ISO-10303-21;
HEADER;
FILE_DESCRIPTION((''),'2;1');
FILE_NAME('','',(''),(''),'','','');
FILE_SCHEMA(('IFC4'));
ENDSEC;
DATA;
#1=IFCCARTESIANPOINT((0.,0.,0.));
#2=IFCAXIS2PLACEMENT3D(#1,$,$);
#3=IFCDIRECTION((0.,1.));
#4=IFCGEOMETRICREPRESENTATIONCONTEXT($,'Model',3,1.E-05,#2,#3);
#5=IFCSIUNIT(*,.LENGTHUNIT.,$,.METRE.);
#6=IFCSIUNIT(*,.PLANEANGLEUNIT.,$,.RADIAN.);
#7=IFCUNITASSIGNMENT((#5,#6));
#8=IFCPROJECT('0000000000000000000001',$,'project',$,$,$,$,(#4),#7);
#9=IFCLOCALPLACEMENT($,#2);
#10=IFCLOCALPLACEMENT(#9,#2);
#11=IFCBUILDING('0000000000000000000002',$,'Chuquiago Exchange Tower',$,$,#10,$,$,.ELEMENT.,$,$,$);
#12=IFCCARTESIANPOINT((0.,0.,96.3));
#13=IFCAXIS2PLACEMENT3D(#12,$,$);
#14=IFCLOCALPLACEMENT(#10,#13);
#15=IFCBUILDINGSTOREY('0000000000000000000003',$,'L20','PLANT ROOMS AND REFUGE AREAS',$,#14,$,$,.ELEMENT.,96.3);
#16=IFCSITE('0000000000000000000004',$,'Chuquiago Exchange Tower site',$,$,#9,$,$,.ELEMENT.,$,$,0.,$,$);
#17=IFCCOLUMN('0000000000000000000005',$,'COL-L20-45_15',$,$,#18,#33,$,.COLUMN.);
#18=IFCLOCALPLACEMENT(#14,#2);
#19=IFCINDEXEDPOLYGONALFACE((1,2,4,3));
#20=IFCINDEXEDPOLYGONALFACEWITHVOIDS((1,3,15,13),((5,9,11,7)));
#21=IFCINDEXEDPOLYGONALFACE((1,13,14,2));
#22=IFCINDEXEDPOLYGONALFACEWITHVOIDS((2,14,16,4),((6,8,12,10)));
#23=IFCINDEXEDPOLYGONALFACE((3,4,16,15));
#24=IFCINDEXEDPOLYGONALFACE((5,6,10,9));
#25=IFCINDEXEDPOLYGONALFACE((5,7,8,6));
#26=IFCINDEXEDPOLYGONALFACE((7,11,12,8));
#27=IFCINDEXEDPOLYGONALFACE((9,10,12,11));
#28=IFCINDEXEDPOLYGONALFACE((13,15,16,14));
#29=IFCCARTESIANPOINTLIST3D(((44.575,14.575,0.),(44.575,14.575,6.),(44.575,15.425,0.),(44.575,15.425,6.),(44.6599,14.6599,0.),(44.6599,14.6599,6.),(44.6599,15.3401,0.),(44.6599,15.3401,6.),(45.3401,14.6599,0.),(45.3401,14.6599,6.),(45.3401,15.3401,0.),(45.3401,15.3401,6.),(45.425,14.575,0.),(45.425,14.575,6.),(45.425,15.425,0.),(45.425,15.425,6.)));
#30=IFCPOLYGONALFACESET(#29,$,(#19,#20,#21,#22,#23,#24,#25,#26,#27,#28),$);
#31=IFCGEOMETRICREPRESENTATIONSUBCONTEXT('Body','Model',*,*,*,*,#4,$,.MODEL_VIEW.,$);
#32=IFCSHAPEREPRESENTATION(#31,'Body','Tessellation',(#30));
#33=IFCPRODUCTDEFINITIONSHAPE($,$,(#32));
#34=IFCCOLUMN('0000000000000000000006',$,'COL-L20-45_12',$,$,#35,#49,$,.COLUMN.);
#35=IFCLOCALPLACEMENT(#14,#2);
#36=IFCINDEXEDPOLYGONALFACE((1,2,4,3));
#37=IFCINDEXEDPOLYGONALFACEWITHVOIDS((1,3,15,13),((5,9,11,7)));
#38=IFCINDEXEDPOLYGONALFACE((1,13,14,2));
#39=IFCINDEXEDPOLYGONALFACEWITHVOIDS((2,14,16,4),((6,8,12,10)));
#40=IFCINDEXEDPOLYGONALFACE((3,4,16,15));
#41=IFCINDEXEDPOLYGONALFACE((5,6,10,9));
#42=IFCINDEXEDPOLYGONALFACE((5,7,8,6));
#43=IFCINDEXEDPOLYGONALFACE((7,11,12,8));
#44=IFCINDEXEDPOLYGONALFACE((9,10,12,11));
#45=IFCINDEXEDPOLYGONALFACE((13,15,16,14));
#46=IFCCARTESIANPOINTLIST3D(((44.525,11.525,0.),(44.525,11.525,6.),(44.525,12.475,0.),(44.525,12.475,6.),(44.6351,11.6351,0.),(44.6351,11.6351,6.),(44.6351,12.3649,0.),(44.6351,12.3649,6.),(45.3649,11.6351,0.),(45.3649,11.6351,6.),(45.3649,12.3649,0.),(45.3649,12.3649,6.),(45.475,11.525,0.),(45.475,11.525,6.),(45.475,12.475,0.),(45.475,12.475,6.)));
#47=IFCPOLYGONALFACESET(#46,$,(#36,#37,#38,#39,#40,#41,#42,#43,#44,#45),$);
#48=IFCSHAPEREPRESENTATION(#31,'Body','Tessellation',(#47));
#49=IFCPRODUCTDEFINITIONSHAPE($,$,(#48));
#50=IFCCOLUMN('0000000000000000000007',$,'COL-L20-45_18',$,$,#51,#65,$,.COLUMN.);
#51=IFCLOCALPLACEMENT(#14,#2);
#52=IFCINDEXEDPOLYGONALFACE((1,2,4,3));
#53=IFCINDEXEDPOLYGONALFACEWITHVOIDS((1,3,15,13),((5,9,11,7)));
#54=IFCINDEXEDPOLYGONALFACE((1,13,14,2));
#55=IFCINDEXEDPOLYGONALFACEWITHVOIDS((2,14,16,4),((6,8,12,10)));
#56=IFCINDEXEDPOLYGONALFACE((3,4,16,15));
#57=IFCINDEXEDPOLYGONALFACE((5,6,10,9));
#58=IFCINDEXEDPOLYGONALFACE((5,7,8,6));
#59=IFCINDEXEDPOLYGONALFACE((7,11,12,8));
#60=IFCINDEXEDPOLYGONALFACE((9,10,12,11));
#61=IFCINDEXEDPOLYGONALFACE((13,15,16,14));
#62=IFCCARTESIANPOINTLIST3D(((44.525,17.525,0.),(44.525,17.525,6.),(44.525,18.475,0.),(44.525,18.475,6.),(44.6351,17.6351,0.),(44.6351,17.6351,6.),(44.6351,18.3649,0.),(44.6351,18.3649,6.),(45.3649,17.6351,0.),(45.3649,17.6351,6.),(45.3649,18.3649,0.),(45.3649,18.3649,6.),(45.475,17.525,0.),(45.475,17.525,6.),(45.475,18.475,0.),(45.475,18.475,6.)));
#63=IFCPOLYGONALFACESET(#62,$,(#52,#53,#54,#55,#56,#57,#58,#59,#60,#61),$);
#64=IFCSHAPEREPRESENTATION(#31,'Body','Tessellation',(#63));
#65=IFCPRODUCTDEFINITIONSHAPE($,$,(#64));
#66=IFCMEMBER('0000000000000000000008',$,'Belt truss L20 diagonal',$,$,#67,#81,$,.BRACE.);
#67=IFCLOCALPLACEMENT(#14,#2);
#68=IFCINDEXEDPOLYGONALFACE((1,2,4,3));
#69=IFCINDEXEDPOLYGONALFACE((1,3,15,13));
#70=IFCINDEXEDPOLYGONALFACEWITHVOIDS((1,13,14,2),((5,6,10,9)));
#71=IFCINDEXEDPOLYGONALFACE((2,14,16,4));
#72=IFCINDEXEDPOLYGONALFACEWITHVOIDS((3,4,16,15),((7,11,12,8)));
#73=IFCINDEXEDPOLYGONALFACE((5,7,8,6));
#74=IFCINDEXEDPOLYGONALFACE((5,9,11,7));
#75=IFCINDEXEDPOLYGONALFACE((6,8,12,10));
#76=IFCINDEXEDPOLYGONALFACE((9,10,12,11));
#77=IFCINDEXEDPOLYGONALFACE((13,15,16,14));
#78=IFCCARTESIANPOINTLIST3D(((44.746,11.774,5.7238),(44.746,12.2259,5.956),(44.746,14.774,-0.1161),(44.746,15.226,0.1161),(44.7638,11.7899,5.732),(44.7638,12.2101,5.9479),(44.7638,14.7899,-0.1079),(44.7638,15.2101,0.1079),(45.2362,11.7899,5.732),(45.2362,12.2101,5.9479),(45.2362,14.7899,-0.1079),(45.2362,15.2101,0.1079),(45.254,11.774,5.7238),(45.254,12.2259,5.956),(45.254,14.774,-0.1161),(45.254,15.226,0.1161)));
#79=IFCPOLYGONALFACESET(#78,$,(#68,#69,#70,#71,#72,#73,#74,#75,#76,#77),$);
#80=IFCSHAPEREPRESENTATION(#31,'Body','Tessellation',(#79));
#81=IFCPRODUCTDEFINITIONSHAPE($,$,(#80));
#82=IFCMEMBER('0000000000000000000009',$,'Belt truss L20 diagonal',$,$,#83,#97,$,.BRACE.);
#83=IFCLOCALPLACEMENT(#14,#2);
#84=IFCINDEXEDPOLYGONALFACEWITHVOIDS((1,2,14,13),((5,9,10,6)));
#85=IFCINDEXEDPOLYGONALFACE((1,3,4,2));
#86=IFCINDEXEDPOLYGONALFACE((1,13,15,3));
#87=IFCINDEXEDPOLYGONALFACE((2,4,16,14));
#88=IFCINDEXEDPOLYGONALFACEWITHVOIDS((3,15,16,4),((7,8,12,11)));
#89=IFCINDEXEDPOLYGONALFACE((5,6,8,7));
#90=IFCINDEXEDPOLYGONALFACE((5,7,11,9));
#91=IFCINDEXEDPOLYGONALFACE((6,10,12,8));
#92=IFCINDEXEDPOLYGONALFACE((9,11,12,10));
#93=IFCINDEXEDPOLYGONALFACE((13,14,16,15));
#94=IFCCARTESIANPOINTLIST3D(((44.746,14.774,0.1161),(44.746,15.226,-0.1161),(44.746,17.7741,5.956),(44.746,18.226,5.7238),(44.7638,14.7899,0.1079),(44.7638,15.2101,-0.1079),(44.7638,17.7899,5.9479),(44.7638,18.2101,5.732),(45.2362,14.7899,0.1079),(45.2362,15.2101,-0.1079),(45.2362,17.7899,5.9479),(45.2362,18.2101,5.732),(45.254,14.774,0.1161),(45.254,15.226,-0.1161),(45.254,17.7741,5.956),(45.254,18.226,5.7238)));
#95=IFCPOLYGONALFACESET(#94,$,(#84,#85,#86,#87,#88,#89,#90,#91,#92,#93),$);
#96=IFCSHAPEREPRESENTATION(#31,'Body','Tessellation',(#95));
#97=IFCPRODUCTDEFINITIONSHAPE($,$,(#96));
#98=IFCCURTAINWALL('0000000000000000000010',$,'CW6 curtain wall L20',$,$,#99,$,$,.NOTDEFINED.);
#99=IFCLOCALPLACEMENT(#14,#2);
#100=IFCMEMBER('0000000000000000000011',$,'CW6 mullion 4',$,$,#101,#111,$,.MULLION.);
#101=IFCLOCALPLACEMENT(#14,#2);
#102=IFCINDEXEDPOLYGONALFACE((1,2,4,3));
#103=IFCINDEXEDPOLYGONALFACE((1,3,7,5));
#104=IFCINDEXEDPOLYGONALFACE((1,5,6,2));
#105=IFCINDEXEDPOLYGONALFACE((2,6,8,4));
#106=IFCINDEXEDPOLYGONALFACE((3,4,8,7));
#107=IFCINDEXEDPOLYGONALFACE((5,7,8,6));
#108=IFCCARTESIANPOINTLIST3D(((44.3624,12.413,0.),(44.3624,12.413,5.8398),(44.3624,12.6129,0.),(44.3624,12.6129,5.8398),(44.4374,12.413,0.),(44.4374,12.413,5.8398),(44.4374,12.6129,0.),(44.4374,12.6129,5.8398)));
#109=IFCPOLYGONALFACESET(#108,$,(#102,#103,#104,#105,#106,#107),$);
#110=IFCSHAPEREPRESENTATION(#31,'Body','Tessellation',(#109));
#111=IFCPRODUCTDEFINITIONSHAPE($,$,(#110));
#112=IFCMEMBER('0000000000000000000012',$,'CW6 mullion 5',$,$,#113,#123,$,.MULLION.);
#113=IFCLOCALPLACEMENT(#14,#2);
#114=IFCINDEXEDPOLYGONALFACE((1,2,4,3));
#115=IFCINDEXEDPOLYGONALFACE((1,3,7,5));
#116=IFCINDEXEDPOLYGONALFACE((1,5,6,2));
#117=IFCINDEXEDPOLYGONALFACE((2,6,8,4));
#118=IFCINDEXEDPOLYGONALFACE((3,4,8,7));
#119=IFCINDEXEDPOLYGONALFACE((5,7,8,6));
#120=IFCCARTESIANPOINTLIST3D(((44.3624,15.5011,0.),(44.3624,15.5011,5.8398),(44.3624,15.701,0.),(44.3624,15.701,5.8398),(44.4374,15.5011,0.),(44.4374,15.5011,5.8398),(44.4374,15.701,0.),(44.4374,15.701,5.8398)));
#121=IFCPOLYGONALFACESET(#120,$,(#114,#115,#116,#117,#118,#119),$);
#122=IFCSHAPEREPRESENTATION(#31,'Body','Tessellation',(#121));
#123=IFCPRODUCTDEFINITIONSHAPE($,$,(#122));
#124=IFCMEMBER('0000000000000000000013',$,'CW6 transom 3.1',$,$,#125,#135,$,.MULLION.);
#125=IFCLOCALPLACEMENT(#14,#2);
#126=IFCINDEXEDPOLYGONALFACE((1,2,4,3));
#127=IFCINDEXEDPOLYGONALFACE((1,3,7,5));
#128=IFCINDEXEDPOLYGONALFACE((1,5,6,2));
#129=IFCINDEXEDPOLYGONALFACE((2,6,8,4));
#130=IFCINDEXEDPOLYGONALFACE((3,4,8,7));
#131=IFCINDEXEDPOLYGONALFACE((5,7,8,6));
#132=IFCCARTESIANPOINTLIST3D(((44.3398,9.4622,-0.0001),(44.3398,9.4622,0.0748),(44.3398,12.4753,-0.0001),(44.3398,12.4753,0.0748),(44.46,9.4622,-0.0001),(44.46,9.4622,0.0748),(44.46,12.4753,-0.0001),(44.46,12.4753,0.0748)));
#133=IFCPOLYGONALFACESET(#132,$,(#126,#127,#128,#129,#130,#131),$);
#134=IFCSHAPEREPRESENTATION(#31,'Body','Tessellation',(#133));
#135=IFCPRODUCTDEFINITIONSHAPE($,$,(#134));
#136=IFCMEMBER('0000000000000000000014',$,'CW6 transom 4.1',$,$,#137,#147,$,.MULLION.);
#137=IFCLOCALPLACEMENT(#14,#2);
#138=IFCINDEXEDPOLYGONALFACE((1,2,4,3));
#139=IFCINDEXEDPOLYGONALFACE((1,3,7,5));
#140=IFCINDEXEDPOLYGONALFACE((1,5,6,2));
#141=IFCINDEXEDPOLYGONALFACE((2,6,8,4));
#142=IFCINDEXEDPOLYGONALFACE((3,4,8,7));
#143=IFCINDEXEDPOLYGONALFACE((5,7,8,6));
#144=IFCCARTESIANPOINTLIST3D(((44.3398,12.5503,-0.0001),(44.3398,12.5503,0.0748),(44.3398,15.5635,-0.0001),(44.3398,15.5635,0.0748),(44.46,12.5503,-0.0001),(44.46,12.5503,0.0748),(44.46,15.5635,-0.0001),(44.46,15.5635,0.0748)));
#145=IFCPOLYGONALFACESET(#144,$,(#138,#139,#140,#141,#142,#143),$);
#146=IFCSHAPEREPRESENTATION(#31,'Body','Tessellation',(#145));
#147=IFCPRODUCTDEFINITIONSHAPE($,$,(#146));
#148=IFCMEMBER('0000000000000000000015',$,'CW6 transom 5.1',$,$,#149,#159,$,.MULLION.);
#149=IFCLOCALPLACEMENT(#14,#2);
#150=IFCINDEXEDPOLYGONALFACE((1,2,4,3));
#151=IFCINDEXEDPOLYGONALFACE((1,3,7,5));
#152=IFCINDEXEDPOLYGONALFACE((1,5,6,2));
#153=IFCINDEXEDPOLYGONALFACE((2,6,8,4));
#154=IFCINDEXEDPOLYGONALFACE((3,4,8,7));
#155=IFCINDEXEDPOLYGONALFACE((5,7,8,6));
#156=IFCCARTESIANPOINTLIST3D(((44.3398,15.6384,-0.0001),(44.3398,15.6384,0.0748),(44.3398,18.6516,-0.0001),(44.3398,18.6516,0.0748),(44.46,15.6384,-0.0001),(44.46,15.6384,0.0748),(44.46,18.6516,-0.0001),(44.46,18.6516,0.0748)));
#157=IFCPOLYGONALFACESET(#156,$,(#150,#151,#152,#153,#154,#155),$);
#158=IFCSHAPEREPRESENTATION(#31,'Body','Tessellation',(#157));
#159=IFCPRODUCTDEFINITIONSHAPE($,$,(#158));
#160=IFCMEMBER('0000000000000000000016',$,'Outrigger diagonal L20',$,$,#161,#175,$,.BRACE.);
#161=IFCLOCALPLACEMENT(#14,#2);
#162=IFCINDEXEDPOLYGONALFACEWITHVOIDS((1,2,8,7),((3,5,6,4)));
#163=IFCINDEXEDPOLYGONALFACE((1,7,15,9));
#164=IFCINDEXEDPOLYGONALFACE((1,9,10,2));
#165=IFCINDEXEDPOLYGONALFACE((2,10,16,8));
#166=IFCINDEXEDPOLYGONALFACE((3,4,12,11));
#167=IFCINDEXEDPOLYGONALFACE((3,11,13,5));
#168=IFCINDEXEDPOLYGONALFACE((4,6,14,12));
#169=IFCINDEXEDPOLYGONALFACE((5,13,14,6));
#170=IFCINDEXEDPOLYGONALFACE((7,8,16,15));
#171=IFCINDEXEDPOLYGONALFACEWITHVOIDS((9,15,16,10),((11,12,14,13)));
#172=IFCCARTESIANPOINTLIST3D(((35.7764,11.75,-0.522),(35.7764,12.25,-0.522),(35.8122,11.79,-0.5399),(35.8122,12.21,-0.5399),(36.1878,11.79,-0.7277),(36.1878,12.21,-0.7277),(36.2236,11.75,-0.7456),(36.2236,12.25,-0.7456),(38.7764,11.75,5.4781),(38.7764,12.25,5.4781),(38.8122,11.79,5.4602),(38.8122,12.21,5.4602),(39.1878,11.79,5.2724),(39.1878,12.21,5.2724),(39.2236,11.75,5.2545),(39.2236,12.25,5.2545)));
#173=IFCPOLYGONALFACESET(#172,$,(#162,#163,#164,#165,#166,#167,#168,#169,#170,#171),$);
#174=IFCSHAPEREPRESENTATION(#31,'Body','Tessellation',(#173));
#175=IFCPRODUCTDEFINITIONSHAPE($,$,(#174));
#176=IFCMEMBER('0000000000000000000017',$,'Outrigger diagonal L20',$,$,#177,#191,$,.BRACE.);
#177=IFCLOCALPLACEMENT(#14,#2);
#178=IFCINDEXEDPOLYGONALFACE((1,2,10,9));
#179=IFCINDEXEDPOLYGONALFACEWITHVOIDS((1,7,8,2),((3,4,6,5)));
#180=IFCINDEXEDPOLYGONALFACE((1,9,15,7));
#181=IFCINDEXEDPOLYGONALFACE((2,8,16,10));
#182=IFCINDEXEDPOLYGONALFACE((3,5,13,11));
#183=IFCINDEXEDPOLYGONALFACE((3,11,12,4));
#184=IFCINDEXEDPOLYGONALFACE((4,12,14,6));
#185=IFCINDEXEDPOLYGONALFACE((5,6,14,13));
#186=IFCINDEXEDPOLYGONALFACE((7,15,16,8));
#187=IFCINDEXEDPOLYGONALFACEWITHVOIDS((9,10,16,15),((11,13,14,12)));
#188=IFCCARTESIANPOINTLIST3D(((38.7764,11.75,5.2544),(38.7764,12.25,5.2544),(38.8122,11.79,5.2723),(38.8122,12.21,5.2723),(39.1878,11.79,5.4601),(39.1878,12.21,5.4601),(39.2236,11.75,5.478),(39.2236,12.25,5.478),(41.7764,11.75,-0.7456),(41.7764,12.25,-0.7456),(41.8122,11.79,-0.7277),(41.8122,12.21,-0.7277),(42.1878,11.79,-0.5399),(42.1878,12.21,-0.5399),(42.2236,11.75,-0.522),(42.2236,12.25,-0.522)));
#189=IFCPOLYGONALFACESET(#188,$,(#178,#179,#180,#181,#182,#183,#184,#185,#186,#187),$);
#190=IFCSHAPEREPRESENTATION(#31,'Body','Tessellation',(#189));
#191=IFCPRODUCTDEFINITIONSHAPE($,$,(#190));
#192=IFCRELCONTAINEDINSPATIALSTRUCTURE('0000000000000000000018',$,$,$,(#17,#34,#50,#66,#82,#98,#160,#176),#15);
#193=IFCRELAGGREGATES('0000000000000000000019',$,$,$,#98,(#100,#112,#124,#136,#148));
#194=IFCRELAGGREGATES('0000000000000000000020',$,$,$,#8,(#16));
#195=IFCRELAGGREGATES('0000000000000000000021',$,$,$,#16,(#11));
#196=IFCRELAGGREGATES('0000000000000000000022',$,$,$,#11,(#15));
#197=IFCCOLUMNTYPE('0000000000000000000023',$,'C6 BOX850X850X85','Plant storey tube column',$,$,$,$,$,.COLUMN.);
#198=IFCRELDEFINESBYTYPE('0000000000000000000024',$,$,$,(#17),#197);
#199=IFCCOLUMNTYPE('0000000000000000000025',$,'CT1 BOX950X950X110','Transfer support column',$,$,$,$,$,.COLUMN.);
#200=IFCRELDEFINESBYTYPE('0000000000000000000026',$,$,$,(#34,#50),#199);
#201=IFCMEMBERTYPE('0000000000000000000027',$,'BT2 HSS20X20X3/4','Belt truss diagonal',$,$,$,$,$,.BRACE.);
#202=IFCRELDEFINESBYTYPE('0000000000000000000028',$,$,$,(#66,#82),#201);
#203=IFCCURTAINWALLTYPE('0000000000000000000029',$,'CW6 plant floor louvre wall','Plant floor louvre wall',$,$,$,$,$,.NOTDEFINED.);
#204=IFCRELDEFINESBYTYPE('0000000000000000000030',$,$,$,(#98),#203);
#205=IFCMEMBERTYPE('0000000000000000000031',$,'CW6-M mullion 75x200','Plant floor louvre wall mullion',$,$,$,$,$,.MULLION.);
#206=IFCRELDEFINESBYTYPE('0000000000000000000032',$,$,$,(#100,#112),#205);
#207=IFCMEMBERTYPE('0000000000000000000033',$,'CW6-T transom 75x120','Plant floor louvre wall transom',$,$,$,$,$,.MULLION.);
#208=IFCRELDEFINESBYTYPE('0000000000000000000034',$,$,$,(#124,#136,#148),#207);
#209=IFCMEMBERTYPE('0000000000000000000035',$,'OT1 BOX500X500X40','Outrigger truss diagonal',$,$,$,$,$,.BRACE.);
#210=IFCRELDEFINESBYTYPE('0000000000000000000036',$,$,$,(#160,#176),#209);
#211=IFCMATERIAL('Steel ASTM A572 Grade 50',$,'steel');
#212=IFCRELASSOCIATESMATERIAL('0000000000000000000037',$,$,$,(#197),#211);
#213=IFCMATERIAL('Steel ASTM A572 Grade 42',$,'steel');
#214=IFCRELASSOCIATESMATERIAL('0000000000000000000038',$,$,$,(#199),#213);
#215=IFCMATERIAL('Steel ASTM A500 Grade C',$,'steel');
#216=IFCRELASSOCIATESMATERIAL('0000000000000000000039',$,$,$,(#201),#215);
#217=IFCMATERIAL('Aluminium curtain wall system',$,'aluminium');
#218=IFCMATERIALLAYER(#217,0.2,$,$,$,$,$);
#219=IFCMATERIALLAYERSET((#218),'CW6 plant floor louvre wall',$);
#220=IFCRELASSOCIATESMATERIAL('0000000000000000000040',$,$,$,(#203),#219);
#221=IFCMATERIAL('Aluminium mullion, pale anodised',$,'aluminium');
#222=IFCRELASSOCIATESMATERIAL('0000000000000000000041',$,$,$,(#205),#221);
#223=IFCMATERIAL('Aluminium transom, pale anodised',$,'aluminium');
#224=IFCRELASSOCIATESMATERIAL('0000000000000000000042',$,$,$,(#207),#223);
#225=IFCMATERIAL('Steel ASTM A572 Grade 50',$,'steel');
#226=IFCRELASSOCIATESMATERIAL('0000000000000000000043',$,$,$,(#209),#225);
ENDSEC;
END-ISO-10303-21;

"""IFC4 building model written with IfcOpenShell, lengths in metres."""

from ifc_helpers import new_model, si_unit, direction, frame, origin, origin_2d, place, context, subcontext, project, spatial, rectangle, hollow_rectangle, extrude, material, layer, layer_set, material_profile, profile_set, type_object, element, aggregate, save


model = new_model("IFC4")

# Units and contexts
model_context = context("Model", 3, precision=1e-05, world=origin(), true_north=direction((0.0, 1.0)))
body_context = subcontext(model_context, "Body", "Model", "MODEL_VIEW")
ifc_project = project(units=[si_unit("LENGTHUNIT", "METRE"), si_unit("PLANEANGLEUNIT", "RADIAN")], contexts=[model_context])

# Site, building, storey
site_placement = place(None, origin())
site = spatial("IfcSite", under=ifc_project, at=site_placement, Name="Chuquiago Exchange Tower site", CompositionType="ELEMENT", RefElevation=0.0)
building_placement = place(site_placement, origin())
building = spatial("IfcBuilding", under=site, at=building_placement, Name="Chuquiago Exchange Tower", CompositionType="ELEMENT")
storey_placement = place(building_placement, frame((0.0, 0.0, 96.3)))
storey = spatial("IfcBuildingStorey", under=building, at=storey_placement, Name="L20", Description="PLANT ROOMS AND REFUGE AREAS", CompositionType="ELEMENT", Elevation=96.3)

# Columns
ifc_material_1 = material(Name="Steel ASTM A572 Grade 50", Category="steel")
ifc_material_profile_1 = material_profile(ifc_material_1, hollow_rectangle(XDim=0.8501, YDim=0.8501, WallThickness=0.085, at=origin_2d()), Name="BOX850X850X85")
ifc_profile_set_1 = profile_set([ifc_material_profile_1], Name="Steel ASTM A572 Grade 50")
column_type_1 = type_object("IfcColumnType", Name="C6 BOX850X850X85", Description="Plant storey tube column", PredefinedType="COLUMN", material=ifc_profile_set_1)
column_placement = place(storey_placement, frame((45.0, 15.0, 0.0), z_axis=(0.0, 0.0, 1.0), x_axis=(1.0, 0.0, 0.0)))
element("IfcColumn", 1, at=column_placement, inside=storey, type_object=column_type_1, Name="COL-L20-45_15", PredefinedType="COLUMN", context=body_context, shape_type="SweptSolid", body=[
    extrude(hollow_rectangle(XDim=0.8501, YDim=0.8501, WallThickness=0.085, at=origin_2d()), origin(), (0.0, 0.0, 1.0), 6.0),
])
ifc_material_2 = material(Name="Steel ASTM A572 Grade 42", Category="steel")
ifc_material_profile_2 = material_profile(ifc_material_2, hollow_rectangle(XDim=0.95, YDim=0.95, WallThickness=0.1101, at=origin_2d()), Name="BOX950X950X110")
ifc_profile_set_2 = profile_set([ifc_material_profile_2], Name="Steel ASTM A572 Grade 42")
column_type_2 = type_object("IfcColumnType", Name="CT1 BOX950X950X110", Description="Transfer support column", PredefinedType="COLUMN", material=ifc_profile_set_2)
for number, where, z_axis, x_axis, name in (
    (2, (45.0, 12.0, 0.0), (0.0, 0.0, 1.0), (1.0, 0.0, 0.0), "COL-L20-45_12"),
    (3, (45.0, 18.0, 0.0), (0.0, 0.0, 1.0), (1.0, 0.0, 0.0), "COL-L20-45_18"),
):
    element("IfcColumn", number, at=place(storey_placement, frame(where, z_axis=z_axis, x_axis=x_axis)), inside=storey, type_object=column_type_2, Name=name, PredefinedType="COLUMN", context=body_context, shape_type="SweptSolid", body=[
        extrude(hollow_rectangle(XDim=0.95, YDim=0.95, WallThickness=0.1101, at=origin_2d()), origin(), (0.0, 0.0, 1.0), 6.0),
    ])

# Members
ifc_material_3 = material(Name="Steel ASTM A500 Grade C", Category="steel")
ifc_material_profile_3 = material_profile(ifc_material_3, hollow_rectangle(XDim=0.5081, YDim=0.5081, WallThickness=0.0178, at=origin_2d()), Name="HSS20X20X3/4")
ifc_profile_set_3 = profile_set([ifc_material_profile_3], Name="Steel ASTM A500 Grade C")
member_type_1 = type_object("IfcMemberType", Name="BT2 HSS20X20X3/4", Description="Belt truss diagonal", PredefinedType="BRACE", material=ifc_profile_set_3)
for number, where, z_axis, x_axis, name in (
    (4, (45.0, 15.0, 0.0), (0.0, -0.456945, 0.889495), (1.0, 0.0, 0.0), "Belt truss L20 diagonal"),
    (5, (45.0, 15.0, 0.0), (0.0, 0.456945, 0.889495), (-1.0, 0.0, 0.0), "Belt truss L20 diagonal"),
):
    element("IfcMember", number, at=place(storey_placement, frame(where, z_axis=z_axis, x_axis=x_axis)), inside=storey, type_object=member_type_1, Name=name, PredefinedType="BRACE", context=body_context, shape_type="SweptSolid", body=[
        extrude(hollow_rectangle(XDim=0.5081, YDim=0.5081, WallThickness=0.0178, at=origin_2d()), origin(), (0.0, 0.0, 1.0), 6.5654),
    ])

# Curtain wall, members
ifc_material_4 = material(Name="Aluminium curtain wall system", Category="aluminium")
ifc_layer_1 = layer(ifc_material_4, 0.2)
ifc_layer_set_1 = layer_set([ifc_layer_1], Name="CW6 plant floor louvre wall")
curtain_wall_type = type_object("IfcCurtainWallType", Name="CW6 plant floor louvre wall", Description="Plant floor louvre wall", PredefinedType="NOTDEFINED", material=ifc_layer_set_1)
curtain_wall_placement = place(storey_placement, origin())
curtain_wall = element("IfcCurtainWall", 6, at=curtain_wall_placement, inside=storey, type_object=curtain_wall_type, Name="CW6 curtain wall L20", PredefinedType="NOTDEFINED")
ifc_material_5 = material(Name="Aluminium mullion, pale anodised", Category="aluminium")
ifc_material_profile_4 = material_profile(ifc_material_5, rectangle(XDim=0.075, YDim=0.2, at=origin_2d()), Name="AL 75x200")
ifc_profile_set_4 = profile_set([ifc_material_profile_4], Name="Aluminium mullion, pale anodised")
member_type_2 = type_object("IfcMemberType", Name="CW6-M mullion 75x200", Description="Plant floor louvre wall mullion", PredefinedType="MULLION", material=ifc_profile_set_4)
member_1_placement = place(storey_placement, frame((44.3999, 12.5129, 0.0), z_axis=(0.0, 0.0, 1.0), x_axis=(-1.0, 0.0, 0.0)))
member_1 = element("IfcMember", 7, at=member_1_placement, type_object=member_type_2, Name="CW6 mullion 4", PredefinedType="MULLION", context=body_context, shape_type="SweptSolid", body=[
    extrude(rectangle(XDim=0.075, YDim=0.2, at=origin_2d()), origin(), (0.0, 0.0, 1.0), 5.8398),
])
member_2_placement = place(storey_placement, frame((44.3999, 15.6011, 0.0), z_axis=(0.0, 0.0, 1.0), x_axis=(-1.0, 0.0, 0.0)))
member_2 = element("IfcMember", 8, at=member_2_placement, type_object=member_type_2, Name="CW6 mullion 5", PredefinedType="MULLION", context=body_context, shape_type="SweptSolid", body=[
    extrude(rectangle(XDim=0.075, YDim=0.2, at=origin_2d()), origin(), (0.0, 0.0, 1.0), 5.8398),
])
ifc_material_6 = material(Name="Aluminium transom, pale anodised", Category="aluminium")
ifc_material_profile_5 = material_profile(ifc_material_6, rectangle(XDim=0.1201, YDim=0.075, at=origin_2d()), Name="AL 120x75")
ifc_profile_set_5 = profile_set([ifc_material_profile_5], Name="Aluminium transom, pale anodised")
member_type_3 = type_object("IfcMemberType", Name="CW6-T transom 75x120", Description="Plant floor louvre wall transom", PredefinedType="MULLION", material=ifc_profile_set_5)
member_3_placement = place(storey_placement, frame((44.3999, 9.4622, 0.0374), z_axis=(0.0, 1.0, 0.0), x_axis=(-1.0, 0.0, 0.0)))
member_3 = element("IfcMember", 9, at=member_3_placement, type_object=member_type_3, Name="CW6 transom 3.1", PredefinedType="MULLION", context=body_context, shape_type="SweptSolid", body=[
    extrude(rectangle(XDim=0.1201, YDim=0.075, at=origin_2d()), origin(), (0.0, 0.0, 1.0), 3.0132),
])
member_4_placement = place(storey_placement, frame((44.3999, 12.5503, 0.0374), z_axis=(0.0, 1.0, 0.0), x_axis=(-1.0, 0.0, 0.0)))
member_4 = element("IfcMember", 10, at=member_4_placement, type_object=member_type_3, Name="CW6 transom 4.1", PredefinedType="MULLION", context=body_context, shape_type="SweptSolid", body=[
    extrude(rectangle(XDim=0.1201, YDim=0.075, at=origin_2d()), origin(), (0.0, 0.0, 1.0), 3.0132),
])
member_5_placement = place(storey_placement, frame((44.3999, 15.6384, 0.0374), z_axis=(0.0, 1.0, 0.0), x_axis=(-1.0, 0.0, 0.0)))
member_5 = element("IfcMember", 11, at=member_5_placement, type_object=member_type_3, Name="CW6 transom 5.1", PredefinedType="MULLION", context=body_context, shape_type="SweptSolid", body=[
    extrude(rectangle(XDim=0.1201, YDim=0.075, at=origin_2d()), origin(), (0.0, 0.0, 1.0), 3.0132),
])

# Members
ifc_material_7 = material(Name="Steel ASTM A572 Grade 50", Category="steel")
ifc_material_profile_6 = material_profile(ifc_material_7, hollow_rectangle(XDim=0.5, YDim=0.5, WallThickness=0.04, at=origin_2d()), Name="BOX500X500X40")
ifc_profile_set_6 = profile_set([ifc_material_profile_6], Name="Steel ASTM A572 Grade 50")
member_type_4 = type_object("IfcMemberType", Name="OT1 BOX500X500X40", Description="Outrigger truss diagonal", PredefinedType="BRACE", material=ifc_profile_set_6)
for number, where, z_axis, x_axis, name in (
    (12, (36.0, 12.0, -0.6338), (0.447214, 0.0, 0.894427), (0.0, 1.0, 0.0), "Outrigger diagonal L20"),
    (13, (39.0, 12.0, 5.3662), (0.447214, 0.0, -0.894427), (0.0, 1.0, 0.0), "Outrigger diagonal L20"),
):
    element("IfcMember", number, at=place(storey_placement, frame(where, z_axis=z_axis, x_axis=x_axis)), inside=storey, type_object=member_type_4, Name=name, PredefinedType="BRACE", context=body_context, shape_type="SweptSolid", body=[
        extrude(hollow_rectangle(XDim=0.5, YDim=0.5, WallThickness=0.04, at=origin_2d()), origin(), (0.0, 0.0, 1.0), 6.7083),
    ])

aggregate(curtain_wall, [member_1, member_2, member_3, member_4, member_5])

save(model, "model.ifc")
